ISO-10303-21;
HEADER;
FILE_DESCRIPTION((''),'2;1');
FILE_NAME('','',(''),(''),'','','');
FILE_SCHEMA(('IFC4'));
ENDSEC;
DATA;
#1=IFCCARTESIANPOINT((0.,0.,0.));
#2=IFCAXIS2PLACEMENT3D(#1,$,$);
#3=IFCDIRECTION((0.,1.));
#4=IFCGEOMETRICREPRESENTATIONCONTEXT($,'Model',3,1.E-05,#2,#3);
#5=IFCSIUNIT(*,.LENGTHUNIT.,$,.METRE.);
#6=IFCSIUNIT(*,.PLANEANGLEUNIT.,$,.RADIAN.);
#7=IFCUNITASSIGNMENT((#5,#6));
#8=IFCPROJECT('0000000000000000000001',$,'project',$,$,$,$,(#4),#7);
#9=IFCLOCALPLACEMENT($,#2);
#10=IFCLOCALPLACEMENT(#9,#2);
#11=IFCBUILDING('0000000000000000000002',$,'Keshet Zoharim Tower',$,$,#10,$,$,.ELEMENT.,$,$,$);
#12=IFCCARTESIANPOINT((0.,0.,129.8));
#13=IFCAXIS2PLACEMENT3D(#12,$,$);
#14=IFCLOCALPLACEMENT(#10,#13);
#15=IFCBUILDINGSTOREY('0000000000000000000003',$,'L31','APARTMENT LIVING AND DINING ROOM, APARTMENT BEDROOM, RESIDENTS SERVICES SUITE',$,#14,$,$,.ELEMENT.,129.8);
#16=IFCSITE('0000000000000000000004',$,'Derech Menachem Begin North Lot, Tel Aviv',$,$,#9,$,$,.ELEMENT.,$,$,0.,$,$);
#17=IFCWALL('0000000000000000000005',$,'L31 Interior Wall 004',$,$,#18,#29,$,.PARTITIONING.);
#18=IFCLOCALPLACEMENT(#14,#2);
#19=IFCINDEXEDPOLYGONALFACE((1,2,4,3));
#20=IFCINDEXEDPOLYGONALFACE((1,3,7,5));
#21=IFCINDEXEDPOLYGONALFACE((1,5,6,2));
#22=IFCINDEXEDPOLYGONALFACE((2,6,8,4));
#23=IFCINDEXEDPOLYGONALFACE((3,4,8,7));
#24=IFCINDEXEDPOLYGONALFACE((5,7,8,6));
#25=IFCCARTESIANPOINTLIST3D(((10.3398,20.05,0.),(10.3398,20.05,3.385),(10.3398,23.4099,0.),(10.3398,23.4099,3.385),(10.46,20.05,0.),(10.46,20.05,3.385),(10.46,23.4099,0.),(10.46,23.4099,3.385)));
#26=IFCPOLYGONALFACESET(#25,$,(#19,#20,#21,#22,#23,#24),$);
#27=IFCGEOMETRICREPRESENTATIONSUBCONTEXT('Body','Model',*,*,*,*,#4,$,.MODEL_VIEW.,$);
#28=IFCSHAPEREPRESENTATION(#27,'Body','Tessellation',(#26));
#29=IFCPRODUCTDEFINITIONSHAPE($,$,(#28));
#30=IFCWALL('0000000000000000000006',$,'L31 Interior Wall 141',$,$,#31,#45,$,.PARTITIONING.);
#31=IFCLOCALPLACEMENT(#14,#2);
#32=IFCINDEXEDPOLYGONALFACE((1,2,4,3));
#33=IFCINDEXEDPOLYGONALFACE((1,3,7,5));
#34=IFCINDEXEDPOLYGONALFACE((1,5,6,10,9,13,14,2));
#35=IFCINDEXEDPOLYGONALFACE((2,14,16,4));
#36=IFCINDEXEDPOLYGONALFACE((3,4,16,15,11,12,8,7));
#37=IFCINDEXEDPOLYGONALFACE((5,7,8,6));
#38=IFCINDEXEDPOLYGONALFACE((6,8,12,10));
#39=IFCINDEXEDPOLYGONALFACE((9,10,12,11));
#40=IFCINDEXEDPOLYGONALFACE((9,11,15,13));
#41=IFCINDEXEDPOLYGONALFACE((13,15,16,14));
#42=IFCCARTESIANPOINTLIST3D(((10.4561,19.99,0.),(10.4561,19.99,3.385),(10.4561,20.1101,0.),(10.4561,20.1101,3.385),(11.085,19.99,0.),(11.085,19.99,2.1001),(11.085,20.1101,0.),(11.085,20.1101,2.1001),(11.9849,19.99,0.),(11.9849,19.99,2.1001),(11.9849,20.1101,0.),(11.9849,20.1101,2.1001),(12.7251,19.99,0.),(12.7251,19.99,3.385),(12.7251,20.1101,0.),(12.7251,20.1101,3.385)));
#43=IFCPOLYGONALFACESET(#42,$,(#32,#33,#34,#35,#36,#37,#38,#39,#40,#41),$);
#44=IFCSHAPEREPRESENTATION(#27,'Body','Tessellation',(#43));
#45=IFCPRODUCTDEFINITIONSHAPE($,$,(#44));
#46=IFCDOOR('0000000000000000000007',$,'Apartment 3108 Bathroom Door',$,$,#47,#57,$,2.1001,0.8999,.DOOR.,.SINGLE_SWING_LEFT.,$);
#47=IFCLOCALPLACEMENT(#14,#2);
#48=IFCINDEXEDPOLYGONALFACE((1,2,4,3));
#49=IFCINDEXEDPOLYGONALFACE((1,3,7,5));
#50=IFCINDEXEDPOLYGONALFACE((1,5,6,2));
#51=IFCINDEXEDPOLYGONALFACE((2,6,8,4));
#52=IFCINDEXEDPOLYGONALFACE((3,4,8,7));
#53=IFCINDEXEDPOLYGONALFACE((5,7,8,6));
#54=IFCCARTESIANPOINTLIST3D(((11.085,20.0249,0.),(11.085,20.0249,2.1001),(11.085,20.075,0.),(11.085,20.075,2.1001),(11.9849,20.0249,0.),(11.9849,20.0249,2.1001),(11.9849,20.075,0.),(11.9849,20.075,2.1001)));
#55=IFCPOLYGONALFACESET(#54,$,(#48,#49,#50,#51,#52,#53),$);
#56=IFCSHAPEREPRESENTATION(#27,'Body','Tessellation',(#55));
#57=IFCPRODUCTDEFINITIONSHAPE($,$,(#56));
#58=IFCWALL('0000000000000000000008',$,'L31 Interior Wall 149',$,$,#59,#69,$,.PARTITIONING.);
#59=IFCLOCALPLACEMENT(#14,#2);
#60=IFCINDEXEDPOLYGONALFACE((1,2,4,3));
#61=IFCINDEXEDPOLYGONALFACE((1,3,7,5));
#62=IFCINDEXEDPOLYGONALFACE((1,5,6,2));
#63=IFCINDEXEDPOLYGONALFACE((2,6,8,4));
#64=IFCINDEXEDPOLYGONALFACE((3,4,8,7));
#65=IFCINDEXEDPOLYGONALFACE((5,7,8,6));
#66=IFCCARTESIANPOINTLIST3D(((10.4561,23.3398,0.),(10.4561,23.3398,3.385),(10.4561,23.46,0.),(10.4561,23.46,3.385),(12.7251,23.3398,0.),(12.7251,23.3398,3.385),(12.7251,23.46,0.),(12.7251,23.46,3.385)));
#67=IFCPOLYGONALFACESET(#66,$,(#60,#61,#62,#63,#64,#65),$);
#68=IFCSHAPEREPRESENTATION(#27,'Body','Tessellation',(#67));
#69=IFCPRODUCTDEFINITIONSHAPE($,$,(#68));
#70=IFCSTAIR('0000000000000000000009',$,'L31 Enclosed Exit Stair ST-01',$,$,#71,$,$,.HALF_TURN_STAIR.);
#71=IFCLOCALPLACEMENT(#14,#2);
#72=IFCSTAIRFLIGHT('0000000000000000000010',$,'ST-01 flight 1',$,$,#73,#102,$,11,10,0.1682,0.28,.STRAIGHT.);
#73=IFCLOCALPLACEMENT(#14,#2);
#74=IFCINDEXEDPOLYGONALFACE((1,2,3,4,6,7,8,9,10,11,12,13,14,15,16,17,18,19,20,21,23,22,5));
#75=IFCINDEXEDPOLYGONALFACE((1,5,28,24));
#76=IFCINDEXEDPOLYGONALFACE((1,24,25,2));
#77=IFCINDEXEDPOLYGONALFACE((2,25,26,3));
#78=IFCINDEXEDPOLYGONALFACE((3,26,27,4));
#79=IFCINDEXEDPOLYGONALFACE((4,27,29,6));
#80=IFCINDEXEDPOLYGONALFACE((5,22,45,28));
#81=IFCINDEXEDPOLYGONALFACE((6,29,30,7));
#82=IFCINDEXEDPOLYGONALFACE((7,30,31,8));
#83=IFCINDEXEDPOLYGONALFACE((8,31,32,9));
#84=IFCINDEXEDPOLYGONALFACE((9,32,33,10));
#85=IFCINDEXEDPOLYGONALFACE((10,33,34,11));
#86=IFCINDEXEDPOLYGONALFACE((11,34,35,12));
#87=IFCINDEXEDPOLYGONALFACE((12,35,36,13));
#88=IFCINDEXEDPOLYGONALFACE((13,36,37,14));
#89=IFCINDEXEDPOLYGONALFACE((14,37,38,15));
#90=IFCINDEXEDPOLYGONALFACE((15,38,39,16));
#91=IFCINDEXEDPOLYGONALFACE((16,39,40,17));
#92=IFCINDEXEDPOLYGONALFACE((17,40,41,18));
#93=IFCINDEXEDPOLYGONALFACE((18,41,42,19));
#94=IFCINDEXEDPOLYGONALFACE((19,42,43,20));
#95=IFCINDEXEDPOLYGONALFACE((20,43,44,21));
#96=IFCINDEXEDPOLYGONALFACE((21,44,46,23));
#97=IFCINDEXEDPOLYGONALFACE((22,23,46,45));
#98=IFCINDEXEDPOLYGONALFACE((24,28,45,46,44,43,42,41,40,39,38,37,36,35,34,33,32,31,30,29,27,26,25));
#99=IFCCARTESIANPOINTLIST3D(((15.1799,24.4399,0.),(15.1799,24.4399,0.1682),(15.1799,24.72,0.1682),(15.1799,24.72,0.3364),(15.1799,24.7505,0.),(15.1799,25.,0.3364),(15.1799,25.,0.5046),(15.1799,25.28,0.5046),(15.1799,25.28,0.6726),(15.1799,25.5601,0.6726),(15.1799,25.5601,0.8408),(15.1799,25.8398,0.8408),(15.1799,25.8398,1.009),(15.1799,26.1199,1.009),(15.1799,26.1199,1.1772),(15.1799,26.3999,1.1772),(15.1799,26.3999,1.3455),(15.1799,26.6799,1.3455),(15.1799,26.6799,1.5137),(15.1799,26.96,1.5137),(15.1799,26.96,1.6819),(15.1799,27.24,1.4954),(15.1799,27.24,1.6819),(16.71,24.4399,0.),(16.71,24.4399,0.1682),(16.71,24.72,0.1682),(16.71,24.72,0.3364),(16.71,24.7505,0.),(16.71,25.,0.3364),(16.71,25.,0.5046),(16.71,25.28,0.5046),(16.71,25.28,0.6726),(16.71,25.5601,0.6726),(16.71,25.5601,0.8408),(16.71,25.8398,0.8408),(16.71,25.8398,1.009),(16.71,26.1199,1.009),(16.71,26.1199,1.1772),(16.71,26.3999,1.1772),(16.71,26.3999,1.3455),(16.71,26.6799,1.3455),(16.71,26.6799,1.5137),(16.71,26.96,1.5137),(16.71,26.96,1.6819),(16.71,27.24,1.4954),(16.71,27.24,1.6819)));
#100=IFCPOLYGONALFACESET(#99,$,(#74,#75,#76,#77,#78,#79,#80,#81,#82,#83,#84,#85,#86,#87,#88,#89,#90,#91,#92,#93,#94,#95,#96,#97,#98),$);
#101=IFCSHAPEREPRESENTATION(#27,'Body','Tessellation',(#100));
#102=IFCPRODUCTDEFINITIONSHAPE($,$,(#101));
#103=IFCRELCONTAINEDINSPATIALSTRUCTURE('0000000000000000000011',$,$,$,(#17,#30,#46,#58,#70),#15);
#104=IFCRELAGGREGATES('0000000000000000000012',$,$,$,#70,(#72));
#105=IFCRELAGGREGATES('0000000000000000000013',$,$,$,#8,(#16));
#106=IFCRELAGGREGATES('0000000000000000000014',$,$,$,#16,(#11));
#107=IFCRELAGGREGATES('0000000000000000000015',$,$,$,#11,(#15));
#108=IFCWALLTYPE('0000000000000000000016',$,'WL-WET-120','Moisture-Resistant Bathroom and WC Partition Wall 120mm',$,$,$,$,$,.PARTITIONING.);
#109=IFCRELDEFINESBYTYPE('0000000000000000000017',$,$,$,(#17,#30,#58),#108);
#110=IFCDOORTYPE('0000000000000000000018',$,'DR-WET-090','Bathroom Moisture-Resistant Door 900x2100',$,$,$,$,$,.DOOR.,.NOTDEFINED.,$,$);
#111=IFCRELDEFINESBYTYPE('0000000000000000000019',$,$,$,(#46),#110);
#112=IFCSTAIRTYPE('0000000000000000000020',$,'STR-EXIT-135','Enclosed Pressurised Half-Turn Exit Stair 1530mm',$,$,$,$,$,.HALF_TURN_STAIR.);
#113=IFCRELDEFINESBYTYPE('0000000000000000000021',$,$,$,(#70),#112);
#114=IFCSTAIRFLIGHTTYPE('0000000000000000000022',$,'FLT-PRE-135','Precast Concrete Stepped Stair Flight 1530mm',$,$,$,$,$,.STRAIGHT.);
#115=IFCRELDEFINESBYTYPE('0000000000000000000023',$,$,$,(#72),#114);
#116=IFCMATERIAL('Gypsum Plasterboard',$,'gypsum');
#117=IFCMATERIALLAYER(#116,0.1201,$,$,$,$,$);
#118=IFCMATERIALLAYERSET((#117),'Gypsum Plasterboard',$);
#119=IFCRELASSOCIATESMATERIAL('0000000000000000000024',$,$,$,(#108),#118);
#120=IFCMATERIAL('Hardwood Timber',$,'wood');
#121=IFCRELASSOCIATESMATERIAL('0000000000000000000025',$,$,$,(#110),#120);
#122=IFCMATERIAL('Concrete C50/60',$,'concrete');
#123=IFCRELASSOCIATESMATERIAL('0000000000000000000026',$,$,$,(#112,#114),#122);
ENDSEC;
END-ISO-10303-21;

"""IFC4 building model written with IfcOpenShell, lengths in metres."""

from ifc_helpers import new_model, si_unit, direction, frame, frame_2d, origin, place, context, subcontext, project, spatial, polyline, rectangle, outline, extrude, material, layer, layer_set, type_object, element, fill, aggregate, save


model = new_model("IFC4")

# Units and contexts
model_context = context("Model", 3, precision=1e-05, world=origin(), true_north=direction((0.0, 1.0)))
body_context = subcontext(model_context, "Body", "Model", "MODEL_VIEW")
ifc_project = project(units=[si_unit("LENGTHUNIT", "METRE"), si_unit("PLANEANGLEUNIT", "RADIAN")], contexts=[model_context])

# Site, building, storey
site_placement = place(None, origin())
site = spatial("IfcSite", under=ifc_project, at=site_placement, Name="Derech Menachem Begin North Lot, Tel Aviv", CompositionType="ELEMENT", RefElevation=0.0)
building_placement = place(site_placement, origin())
building = spatial("IfcBuilding", under=site, at=building_placement, Name="Keshet Zoharim Tower", CompositionType="ELEMENT")
storey_placement = place(building_placement, frame((0.0, 0.0, 129.8)))
storey = spatial("IfcBuildingStorey", under=building, at=storey_placement, Name="L31", Description="APARTMENT LIVING AND DINING ROOM, APARTMENT BEDROOM, RESIDENTS SERVICES SUITE", CompositionType="ELEMENT", Elevation=129.8)

# Shared definitions
ifc_material_1 = material(Name="Gypsum Plasterboard", Category="gypsum")

# Shared definitions
ifc_material_2 = material(Name="Hardwood Timber", Category="wood")

# Wall
ifc_layer_1 = layer(ifc_material_1, 0.1201)
ifc_layer_set_1 = layer_set([ifc_layer_1], Name="Gypsum Plasterboard")
wall_type_1 = type_object("IfcWallType", Name="WL-WET-120", Description="Moisture-Resistant Bathroom and WC Partition Wall 120mm", PredefinedType="PARTITIONING", material=ifc_layer_set_1)
wall_1_placement = place(storey_placement, frame((10.3999, 20.05, 0.0), z_axis=(0.0, 0.0, 1.0), x_axis=(0.0, 1.0, 0.0)))
element("IfcWall", 1, at=wall_1_placement, inside=storey, type_object=wall_type_1, Name="L31 Interior Wall 004", PredefinedType="PARTITIONING", context=body_context, shape_type="SweptSolid", body=[
    extrude(rectangle(XDim=3.3599, YDim=0.1201, at=frame_2d((1.6799, 0.0))), origin(), (0.0, 0.0, 1.0), 3.385),
])

# Wall, opening, door
wall_2_placement = place(storey_placement, frame((10.4561, 20.05, 0.0), z_axis=(0.0, 0.0, 1.0), x_axis=(1.0, 0.0, 0.0)))
wall_2 = element("IfcWall", 2, at=wall_2_placement, inside=storey, type_object=wall_type_1, Name="L31 Interior Wall 141", PredefinedType="PARTITIONING", context=body_context, shape_type="SweptSolid", body=[
    extrude(rectangle(XDim=2.269, YDim=0.1201, at=frame_2d((1.1345, 0.0))), origin(), (0.0, 0.0, 1.0), 3.385),
])
opening_1_placement = place(wall_2_placement, frame((0.6289, 0.0, 0.0)))
opening_1 = element("IfcOpeningElement", 3, at=opening_1_placement, cuts=wall_2, PredefinedType="OPENING", context=body_context, shape_type="SweptSolid", body=[
    extrude(rectangle(XDim=0.8999, YDim=2.1001, at=frame_2d((0.45, 1.05))), frame((0.0, 0.0701, 0.0), z_axis=(0.0, -1.0, 0.0), x_axis=(1.0, 0.0, 0.0)), (0.0, 0.0, 1.0), 0.1401),
])
door_type_1 = type_object("IfcDoorType", Name="DR-WET-090", Description="Bathroom Moisture-Resistant Door 900x2100", OperationType="NOTDEFINED", PredefinedType="DOOR", material=ifc_material_2)
door_1_placement = place(opening_1_placement, origin())
door_1 = element("IfcDoor", 4, at=door_1_placement, inside=storey, type_object=door_type_1, Name="Apartment 3108 Bathroom Door", OperationType="SINGLE_SWING_LEFT", OverallHeight=2.1001, OverallWidth=0.8999, PredefinedType="DOOR", context=body_context, shape_type="SweptSolid", body=[
    extrude(rectangle(XDim=0.8999, YDim=2.1001, at=frame_2d((0.45, 1.05))), frame((0.0, 0.0249, 0.0), z_axis=(0.0, -1.0, 0.0), x_axis=(1.0, 0.0, 0.0)), (0.0, 0.0, 1.0), 0.05),
])
fill(opening_1, door_1)

# Wall
wall_3_placement = place(storey_placement, frame((10.4561, 23.3999, 0.0), z_axis=(0.0, 0.0, 1.0), x_axis=(1.0, 0.0, 0.0)))
element("IfcWall", 5, at=wall_3_placement, inside=storey, type_object=wall_type_1, Name="L31 Interior Wall 149", PredefinedType="PARTITIONING", context=body_context, shape_type="SweptSolid", body=[
    extrude(rectangle(XDim=2.269, YDim=0.1201, at=frame_2d((1.1345, 0.0))), origin(), (0.0, 0.0, 1.0), 3.385),
])

# Stair, stair flight
ifc_material_3 = material(Name="Concrete C50/60", Category="concrete")
stair_type = type_object("IfcStairType", Name="STR-EXIT-135", Description="Enclosed Pressurised Half-Turn Exit Stair 1530mm", PredefinedType="HALF_TURN_STAIR", material=ifc_material_3)
stair_placement = place(storey_placement, origin())
stair = element("IfcStair", 6, at=stair_placement, inside=storey, type_object=stair_type, Name="L31 Enclosed Exit Stair ST-01", PredefinedType="HALF_TURN_STAIR")
stair_flight_type = type_object("IfcStairFlightType", Name="FLT-PRE-135", Description="Precast Concrete Stepped Stair Flight 1530mm", PredefinedType="STRAIGHT", material=ifc_material_3)
stair_flight_placement = place(storey_placement, frame((15.9451, 24.4399, 0.0), z_axis=(0.0, 0.0, 1.0), x_axis=(0.0, 1.0, 0.0)))
stair_flight = element("IfcStairFlight", 7, at=stair_flight_placement, type_object=stair_flight_type, Name="ST-01 flight 1", NumberOfRisers=11, NumberOfTreads=10, PredefinedType="STRAIGHT", RiserHeight=0.1682, TreadLength=0.28, context=body_context, shape_type="SweptSolid", body=[
    extrude(outline(polyline([(0.0, 0.0), (0.0, 0.1682), (0.28, 0.1682), (0.28, 0.3364), (0.5601, 0.3364), (0.5601, 0.5046), (0.8401, 0.5046), (0.8401, 0.6726), (1.1201, 0.6726), (1.1201, 0.8408), (1.3999, 0.8408), (1.3999, 1.009), (1.6799, 1.009), (1.6799, 1.1772), (1.96, 1.1772), (1.96, 1.3455), (2.24, 1.3455), (2.24, 1.5137), (2.52, 1.5137), (2.52, 1.6819), (2.8, 1.6819), (2.8, 1.8501), (2.8, 1.4954), (0.3105, 0.0), (0.0, 0.0)])), frame((0.0, 0.7651, 0.0), z_axis=(0.0, -1.0, 0.0), x_axis=(1.0, 0.0, 0.0)), (0.0, 0.0, 1.0), 1.53),
])
aggregate(stair, [stair_flight])

save(model, "model.ifc")
